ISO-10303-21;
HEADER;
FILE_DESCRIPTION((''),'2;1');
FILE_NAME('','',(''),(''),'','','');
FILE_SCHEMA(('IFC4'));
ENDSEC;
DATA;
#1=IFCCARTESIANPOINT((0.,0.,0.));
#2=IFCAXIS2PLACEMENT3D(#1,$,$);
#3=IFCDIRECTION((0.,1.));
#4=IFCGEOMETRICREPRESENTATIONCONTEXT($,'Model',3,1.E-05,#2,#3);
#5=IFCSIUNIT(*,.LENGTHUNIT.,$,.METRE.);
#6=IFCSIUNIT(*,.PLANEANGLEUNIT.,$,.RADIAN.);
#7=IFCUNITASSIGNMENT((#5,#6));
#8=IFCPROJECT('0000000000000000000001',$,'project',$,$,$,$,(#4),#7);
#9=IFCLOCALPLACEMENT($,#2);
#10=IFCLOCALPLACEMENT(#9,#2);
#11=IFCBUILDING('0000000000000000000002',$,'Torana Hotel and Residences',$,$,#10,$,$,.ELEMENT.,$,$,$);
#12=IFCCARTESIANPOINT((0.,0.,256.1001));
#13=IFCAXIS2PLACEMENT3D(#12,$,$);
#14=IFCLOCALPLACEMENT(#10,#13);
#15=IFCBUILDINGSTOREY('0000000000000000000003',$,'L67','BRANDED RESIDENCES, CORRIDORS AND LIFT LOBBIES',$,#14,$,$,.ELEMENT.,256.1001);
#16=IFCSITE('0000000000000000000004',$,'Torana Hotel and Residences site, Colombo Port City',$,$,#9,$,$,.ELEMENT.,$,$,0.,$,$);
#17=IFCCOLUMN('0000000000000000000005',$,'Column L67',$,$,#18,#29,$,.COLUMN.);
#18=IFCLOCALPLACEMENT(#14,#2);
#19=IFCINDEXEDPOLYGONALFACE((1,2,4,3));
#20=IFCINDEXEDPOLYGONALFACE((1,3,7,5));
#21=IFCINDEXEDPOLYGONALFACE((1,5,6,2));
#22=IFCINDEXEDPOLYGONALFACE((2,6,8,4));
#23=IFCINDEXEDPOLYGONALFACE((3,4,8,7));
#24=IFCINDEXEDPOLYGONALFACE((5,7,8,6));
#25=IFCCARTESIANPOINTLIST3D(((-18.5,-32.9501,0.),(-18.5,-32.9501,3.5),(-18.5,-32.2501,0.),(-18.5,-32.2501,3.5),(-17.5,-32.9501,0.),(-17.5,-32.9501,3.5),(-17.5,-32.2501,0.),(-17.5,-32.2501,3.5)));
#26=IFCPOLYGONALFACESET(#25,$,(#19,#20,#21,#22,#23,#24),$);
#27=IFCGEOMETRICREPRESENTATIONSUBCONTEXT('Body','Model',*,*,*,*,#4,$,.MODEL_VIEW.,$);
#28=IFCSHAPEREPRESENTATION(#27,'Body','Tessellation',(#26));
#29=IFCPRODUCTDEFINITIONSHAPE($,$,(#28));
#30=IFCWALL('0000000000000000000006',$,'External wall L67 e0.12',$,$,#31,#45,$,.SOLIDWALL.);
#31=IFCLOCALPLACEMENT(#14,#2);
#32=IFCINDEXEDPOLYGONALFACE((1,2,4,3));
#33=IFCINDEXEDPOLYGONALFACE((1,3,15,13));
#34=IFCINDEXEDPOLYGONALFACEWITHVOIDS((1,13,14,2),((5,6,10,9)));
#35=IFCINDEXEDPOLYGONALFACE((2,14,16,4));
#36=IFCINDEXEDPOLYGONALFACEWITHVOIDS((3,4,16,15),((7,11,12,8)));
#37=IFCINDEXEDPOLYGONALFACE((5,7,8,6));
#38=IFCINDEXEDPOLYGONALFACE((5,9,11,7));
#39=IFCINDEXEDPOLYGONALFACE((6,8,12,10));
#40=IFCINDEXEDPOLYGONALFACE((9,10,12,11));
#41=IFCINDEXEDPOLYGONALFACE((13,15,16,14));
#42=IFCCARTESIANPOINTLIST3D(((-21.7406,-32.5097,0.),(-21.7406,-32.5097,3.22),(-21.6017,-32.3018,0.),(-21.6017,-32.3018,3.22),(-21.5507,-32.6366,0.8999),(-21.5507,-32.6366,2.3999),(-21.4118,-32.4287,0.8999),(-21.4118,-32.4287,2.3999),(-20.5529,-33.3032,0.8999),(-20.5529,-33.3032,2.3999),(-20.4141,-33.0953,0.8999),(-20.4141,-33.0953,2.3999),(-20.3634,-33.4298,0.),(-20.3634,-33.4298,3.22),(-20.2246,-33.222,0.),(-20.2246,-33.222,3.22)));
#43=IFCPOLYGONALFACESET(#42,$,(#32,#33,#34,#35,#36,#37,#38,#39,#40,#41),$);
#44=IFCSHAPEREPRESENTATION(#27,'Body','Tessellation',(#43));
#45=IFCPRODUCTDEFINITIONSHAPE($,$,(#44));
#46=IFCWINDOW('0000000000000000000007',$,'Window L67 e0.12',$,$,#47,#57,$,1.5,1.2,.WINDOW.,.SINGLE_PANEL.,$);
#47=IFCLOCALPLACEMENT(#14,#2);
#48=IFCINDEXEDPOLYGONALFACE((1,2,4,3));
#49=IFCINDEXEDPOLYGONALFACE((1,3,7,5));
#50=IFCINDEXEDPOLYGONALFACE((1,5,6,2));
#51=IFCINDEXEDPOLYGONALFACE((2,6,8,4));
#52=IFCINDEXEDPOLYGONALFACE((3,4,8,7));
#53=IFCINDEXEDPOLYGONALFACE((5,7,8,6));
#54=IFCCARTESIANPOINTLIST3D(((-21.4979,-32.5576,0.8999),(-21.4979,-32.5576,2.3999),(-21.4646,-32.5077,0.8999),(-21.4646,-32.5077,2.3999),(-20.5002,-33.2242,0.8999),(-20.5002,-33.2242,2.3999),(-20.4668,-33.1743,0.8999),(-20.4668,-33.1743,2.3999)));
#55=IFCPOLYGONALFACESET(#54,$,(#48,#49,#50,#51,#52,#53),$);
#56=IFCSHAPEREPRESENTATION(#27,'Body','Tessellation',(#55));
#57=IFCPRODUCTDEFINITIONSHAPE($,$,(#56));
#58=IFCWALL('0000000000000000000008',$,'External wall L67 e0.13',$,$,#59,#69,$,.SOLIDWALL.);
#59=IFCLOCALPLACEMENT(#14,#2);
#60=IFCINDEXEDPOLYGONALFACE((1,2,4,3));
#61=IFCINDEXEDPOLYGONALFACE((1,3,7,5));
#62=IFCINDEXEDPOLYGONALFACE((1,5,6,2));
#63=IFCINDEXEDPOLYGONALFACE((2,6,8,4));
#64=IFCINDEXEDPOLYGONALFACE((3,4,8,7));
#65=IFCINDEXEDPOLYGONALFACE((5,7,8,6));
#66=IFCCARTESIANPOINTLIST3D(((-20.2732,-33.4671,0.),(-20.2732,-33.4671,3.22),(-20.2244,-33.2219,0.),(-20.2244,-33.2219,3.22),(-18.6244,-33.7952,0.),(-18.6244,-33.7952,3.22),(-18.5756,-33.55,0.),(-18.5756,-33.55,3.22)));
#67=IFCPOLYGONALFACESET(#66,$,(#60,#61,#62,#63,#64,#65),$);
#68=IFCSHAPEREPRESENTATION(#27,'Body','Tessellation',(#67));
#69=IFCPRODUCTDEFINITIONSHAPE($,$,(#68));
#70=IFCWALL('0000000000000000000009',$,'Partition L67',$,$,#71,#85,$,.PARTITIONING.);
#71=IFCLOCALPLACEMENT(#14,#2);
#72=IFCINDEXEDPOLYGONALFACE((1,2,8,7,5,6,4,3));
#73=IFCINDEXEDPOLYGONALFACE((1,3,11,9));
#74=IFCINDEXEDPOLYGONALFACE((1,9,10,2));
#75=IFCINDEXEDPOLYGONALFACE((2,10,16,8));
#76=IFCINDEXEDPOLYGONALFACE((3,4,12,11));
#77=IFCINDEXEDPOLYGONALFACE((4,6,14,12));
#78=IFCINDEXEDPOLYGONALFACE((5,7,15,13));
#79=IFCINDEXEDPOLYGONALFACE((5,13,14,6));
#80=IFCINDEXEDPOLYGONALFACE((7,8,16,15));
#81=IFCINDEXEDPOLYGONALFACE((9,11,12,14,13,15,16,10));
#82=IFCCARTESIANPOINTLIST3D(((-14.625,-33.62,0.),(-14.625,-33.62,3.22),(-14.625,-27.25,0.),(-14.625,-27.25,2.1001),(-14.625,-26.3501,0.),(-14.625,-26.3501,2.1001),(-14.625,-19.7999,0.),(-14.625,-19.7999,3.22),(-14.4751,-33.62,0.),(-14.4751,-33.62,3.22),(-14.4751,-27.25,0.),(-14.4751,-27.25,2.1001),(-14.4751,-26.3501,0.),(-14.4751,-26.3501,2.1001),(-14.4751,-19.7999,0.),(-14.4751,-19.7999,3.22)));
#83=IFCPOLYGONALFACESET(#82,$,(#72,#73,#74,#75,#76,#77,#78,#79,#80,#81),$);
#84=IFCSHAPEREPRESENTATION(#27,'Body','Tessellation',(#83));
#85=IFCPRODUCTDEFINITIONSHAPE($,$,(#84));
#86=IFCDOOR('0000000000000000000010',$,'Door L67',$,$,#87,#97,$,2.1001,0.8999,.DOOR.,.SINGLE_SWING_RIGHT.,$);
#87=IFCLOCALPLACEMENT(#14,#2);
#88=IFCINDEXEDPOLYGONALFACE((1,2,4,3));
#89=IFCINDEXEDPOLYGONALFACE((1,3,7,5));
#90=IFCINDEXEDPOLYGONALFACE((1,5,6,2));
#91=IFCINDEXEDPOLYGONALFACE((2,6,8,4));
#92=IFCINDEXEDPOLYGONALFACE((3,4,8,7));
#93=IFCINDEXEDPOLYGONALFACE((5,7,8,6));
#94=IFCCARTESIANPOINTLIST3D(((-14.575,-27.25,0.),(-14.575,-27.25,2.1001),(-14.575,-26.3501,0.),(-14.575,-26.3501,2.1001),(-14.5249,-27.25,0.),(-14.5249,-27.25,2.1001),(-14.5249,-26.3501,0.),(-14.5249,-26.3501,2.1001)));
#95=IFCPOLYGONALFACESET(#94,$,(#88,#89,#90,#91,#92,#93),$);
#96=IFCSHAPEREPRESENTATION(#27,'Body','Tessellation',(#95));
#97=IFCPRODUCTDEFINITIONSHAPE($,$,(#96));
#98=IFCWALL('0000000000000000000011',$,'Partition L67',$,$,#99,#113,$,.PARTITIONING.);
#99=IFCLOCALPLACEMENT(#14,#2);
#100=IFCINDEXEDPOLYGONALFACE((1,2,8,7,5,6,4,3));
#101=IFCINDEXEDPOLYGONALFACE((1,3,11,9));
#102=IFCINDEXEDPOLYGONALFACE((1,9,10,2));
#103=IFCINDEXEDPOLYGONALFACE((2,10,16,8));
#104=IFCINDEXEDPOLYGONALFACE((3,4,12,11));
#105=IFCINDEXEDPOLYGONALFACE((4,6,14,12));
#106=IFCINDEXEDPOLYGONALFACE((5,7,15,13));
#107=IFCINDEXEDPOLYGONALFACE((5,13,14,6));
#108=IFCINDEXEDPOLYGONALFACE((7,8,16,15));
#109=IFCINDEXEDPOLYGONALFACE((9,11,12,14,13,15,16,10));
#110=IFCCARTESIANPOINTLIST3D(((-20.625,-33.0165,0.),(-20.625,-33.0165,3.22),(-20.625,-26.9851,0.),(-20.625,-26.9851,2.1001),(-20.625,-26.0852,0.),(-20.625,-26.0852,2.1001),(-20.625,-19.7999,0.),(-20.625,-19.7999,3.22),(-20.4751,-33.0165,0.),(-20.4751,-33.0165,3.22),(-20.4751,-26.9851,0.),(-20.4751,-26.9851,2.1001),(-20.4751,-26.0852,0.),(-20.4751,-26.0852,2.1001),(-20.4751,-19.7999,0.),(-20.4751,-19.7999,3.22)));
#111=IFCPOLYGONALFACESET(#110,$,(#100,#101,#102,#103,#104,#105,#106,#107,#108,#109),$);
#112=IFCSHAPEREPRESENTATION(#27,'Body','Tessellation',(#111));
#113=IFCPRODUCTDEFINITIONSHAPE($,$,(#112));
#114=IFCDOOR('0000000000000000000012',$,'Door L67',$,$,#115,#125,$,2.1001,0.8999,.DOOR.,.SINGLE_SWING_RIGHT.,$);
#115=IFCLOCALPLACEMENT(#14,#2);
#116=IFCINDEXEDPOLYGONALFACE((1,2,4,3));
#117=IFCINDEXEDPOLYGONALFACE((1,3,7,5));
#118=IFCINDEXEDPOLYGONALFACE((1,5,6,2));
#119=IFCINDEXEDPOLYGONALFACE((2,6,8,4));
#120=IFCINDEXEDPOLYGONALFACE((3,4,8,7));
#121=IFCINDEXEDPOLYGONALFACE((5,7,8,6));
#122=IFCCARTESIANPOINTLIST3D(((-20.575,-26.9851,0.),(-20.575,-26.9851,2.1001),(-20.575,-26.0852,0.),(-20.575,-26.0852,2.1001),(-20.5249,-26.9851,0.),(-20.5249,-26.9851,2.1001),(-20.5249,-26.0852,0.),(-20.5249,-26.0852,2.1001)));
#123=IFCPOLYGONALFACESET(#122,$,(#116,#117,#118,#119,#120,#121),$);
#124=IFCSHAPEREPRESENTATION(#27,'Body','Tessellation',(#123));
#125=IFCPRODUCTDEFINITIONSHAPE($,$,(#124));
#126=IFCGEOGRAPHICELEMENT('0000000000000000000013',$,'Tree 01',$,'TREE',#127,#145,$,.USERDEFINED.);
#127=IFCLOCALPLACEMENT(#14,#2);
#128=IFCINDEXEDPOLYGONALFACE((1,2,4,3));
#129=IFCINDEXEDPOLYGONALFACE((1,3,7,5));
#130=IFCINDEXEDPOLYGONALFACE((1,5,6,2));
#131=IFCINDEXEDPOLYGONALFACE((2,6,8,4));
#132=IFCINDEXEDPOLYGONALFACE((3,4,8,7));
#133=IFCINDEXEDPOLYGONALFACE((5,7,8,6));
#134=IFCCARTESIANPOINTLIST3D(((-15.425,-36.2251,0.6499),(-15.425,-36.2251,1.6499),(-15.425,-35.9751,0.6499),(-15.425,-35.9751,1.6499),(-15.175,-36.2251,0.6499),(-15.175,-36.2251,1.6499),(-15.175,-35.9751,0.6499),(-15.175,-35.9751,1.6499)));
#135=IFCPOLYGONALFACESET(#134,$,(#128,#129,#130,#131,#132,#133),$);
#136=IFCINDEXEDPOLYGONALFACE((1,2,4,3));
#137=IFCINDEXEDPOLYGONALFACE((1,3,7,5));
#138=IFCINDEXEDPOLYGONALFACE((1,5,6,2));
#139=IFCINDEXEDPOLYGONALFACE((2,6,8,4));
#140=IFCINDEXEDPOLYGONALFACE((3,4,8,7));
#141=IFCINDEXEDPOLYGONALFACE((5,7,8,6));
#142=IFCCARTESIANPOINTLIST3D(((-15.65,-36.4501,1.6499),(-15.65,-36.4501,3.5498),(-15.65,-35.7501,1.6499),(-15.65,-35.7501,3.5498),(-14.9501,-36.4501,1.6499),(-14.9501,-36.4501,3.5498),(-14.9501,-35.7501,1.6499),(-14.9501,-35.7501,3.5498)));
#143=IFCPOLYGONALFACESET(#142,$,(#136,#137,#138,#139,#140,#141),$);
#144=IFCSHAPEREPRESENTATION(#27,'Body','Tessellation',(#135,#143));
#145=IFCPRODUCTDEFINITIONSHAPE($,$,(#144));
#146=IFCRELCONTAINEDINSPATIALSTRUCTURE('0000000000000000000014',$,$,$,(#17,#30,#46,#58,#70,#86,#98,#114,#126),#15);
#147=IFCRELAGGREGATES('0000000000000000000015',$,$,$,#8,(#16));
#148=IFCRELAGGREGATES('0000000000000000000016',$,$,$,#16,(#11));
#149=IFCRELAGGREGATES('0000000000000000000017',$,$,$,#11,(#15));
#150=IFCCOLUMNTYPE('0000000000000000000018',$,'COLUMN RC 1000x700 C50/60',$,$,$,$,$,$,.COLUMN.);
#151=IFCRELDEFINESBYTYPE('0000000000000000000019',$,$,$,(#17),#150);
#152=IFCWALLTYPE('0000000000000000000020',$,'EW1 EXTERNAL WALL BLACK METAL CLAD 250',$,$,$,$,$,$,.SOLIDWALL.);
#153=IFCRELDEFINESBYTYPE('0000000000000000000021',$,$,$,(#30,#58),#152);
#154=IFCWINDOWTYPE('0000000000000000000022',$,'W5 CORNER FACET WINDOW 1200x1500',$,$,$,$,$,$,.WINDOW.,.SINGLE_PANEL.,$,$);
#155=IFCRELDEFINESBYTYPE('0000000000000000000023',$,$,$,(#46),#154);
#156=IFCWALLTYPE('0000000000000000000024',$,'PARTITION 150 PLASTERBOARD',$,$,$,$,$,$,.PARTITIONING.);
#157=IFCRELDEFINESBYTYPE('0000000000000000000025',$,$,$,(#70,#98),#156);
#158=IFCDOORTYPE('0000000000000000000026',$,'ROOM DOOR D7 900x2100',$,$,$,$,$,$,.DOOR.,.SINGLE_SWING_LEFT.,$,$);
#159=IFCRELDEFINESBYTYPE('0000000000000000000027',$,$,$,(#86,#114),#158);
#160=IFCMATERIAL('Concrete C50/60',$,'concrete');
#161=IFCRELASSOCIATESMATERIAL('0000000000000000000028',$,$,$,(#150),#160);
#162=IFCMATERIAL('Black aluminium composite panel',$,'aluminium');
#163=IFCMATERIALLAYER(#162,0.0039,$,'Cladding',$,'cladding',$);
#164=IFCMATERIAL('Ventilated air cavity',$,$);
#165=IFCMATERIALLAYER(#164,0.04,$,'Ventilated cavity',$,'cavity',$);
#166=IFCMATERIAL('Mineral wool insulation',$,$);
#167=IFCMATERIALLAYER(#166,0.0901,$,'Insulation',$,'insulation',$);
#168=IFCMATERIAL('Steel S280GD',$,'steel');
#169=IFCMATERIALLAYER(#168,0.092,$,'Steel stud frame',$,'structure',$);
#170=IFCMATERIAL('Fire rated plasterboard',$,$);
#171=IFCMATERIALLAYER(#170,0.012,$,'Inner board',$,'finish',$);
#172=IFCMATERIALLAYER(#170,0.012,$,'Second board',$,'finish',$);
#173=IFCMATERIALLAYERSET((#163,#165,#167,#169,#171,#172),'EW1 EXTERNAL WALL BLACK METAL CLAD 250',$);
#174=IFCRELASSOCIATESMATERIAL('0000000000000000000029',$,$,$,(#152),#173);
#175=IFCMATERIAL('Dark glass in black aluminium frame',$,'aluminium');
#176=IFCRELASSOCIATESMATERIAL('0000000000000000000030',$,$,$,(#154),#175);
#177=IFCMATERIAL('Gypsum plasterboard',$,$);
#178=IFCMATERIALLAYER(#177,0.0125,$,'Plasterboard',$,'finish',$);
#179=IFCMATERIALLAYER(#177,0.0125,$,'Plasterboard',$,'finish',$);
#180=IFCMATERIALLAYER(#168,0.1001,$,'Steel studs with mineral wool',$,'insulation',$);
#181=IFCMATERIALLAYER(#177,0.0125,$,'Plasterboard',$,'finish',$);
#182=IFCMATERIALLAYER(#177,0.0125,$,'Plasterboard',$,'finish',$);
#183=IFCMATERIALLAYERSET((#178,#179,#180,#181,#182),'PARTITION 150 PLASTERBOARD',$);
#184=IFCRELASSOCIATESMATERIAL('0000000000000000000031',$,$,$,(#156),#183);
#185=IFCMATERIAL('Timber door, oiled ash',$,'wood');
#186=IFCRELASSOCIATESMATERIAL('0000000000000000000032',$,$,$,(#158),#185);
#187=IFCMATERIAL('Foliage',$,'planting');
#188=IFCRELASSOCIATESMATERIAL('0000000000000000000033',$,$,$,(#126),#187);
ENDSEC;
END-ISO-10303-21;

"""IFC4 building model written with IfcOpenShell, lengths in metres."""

from ifc_helpers import new_model, si_unit, direction, frame, frame_2d, origin, origin_2d, place, context, subcontext, project, spatial, rectangle, extrude, material, layer, layer_set, material_profile, profile_set, type_object, element, fill, save


model = new_model("IFC4")

# Units and contexts
model_context = context("Model", 3, precision=1e-05, world=origin(), true_north=direction((0.0, 1.0)))
body_context = subcontext(model_context, "Body", "Model", "MODEL_VIEW")
ifc_project = project(units=[si_unit("LENGTHUNIT", "METRE"), si_unit("PLANEANGLEUNIT", "RADIAN")], contexts=[model_context])

# Site, building, storey
site_placement = place(None, origin())
site = spatial("IfcSite", under=ifc_project, at=site_placement, Name="Torana Hotel and Residences site, Colombo Port City", CompositionType="ELEMENT", RefElevation=0.0)
building_placement = place(site_placement, origin())
building = spatial("IfcBuilding", under=site, at=building_placement, Name="Torana Hotel and Residences", CompositionType="ELEMENT")
storey_placement = place(building_placement, frame((0.0, 0.0, 256.1001)))
storey = spatial("IfcBuildingStorey", under=building, at=storey_placement, Name="L67", Description="BRANDED RESIDENCES, CORRIDORS AND LIFT LOBBIES", CompositionType="ELEMENT", Elevation=256.1001)

# Column
ifc_material_1 = material(Name="Concrete C50/60", Category="concrete")
ifc_material_profile = material_profile(ifc_material_1, rectangle(XDim=1.0, YDim=0.7, at=origin_2d()), Name="RC 1000x700")
ifc_profile_set = profile_set([ifc_material_profile], Name="Concrete C50/60")
column_type = type_object("IfcColumnType", Name="COLUMN RC 1000x700 C50/60", PredefinedType="COLUMN", material=ifc_profile_set)
column_placement = place(storey_placement, frame((-18.0, -32.6001, 0.0), z_axis=(0.0, 0.0, 1.0), x_axis=(1.0, 0.0, 0.0)))
element("IfcColumn", 1, at=column_placement, inside=storey, type_object=column_type, Name="Column L67", PredefinedType="COLUMN", context=body_context, shape_type="SweptSolid", body=[
    extrude(rectangle(XDim=1.0, YDim=0.7, at=origin_2d()), origin(), (0.0, 0.0, 1.0), 3.5),
])

# Wall, opening, window
ifc_material_2 = material(Name="Black aluminium composite panel", Category="aluminium")
ifc_layer_1 = layer(ifc_material_2, 0.0039, Name="Cladding", Category="cladding")
ifc_material_3 = material(Name="Ventilated air cavity")
ifc_layer_2 = layer(ifc_material_3, 0.04, Name="Ventilated cavity", Category="cavity")
ifc_material_4 = material(Name="Mineral wool insulation")
ifc_layer_3 = layer(ifc_material_4, 0.0901, Name="Insulation", Category="insulation")
ifc_material_5 = material(Name="Steel S280GD", Category="steel")
ifc_layer_4 = layer(ifc_material_5, 0.092, Name="Steel stud frame", Category="structure")
ifc_material_6 = material(Name="Fire rated plasterboard")
ifc_layer_5 = layer(ifc_material_6, 0.012, Name="Inner board", Category="finish")
ifc_layer_6 = layer(ifc_material_6, 0.012, Name="Second board", Category="finish")
ifc_layer_set_1 = layer_set([ifc_layer_1, ifc_layer_2, ifc_layer_3, ifc_layer_4, ifc_layer_5, ifc_layer_6], Name="EW1 EXTERNAL WALL BLACK METAL CLAD 250")
wall_type_1 = type_object("IfcWallType", Name="EW1 EXTERNAL WALL BLACK METAL CLAD 250", PredefinedType="SOLIDWALL", material=ifc_layer_set_1)
wall_1_placement = place(storey_placement, frame((-21.6711, -32.4058, 0.0), z_axis=(0.0, 0.0, 1.0), x_axis=(0.831483, -0.55555, 0.0)))
wall_1 = element("IfcWall", 2, at=wall_1_placement, inside=storey, type_object=wall_type_1, Name="External wall L67 e0.12", PredefinedType="SOLIDWALL", context=body_context, shape_type="SweptSolid", body=[
    extrude(rectangle(XDim=1.6562, YDim=0.25, at=frame_2d((0.8281, 0.0))), origin(), (0.0, 0.0, 1.0), 3.22),
])
opening_1_placement = place(wall_1_placement, frame((0.2283, 0.0, 0.8999)))
opening_1 = element("IfcOpeningElement", 3, at=opening_1_placement, cuts=wall_1, PredefinedType="OPENING", context=body_context, shape_type="SweptSolid", body=[
    extrude(rectangle(XDim=1.2, YDim=1.5, at=frame_2d((0.6001, 0.75))), frame((0.0, 0.135, 0.0), z_axis=(0.0, -1.0, 0.0), x_axis=(1.0, 0.0, 0.0)), (0.0, 0.0, 1.0), 0.27),
])
ifc_material_7 = material(Name="Dark glass in black aluminium frame", Category="aluminium")
window_type_1 = type_object("IfcWindowType", Name="W5 CORNER FACET WINDOW 1200x1500", PartitioningType="SINGLE_PANEL", PredefinedType="WINDOW", material=ifc_material_7)
window_1_placement = place(opening_1_placement, origin())
window_1 = element("IfcWindow", 4, at=window_1_placement, inside=storey, type_object=window_type_1, Name="Window L67 e0.12", OverallHeight=1.5, OverallWidth=1.2, PartitioningType="SINGLE_PANEL", PredefinedType="WINDOW", context=body_context, shape_type="SweptSolid", body=[
    extrude(rectangle(XDim=1.2, YDim=1.5, at=frame_2d((0.6001, 0.75))), frame((0.0, 0.03, 0.0), z_axis=(0.0, -1.0, 0.0), x_axis=(1.0, 0.0, 0.0)), (0.0, 0.0, 1.0), 0.0601),
])
fill(opening_1, window_1)

# Wall
wall_2_placement = place(storey_placement, frame((-20.2488, -33.3445, 0.0), z_axis=(0.0, 0.0, 1.0), x_axis=(0.98077, -0.195167, 0.0)))
element("IfcWall", 5, at=wall_2_placement, inside=storey, type_object=wall_type_1, Name="External wall L67 e0.13", PredefinedType="SOLIDWALL", context=body_context, shape_type="SweptSolid", body=[
    extrude(rectangle(XDim=1.6812, YDim=0.25, at=frame_2d((0.8406, 0.0))), origin(), (0.0, 0.0, 1.0), 3.22),
])

# Walls, openings, doors
ifc_material_8 = material(Name="Gypsum plasterboard")
ifc_layer_7 = layer(ifc_material_8, 0.0125, Name="Plasterboard", Category="finish")
ifc_layer_8 = layer(ifc_material_8, 0.0125, Name="Plasterboard", Category="finish")
ifc_layer_9 = layer(ifc_material_5, 0.1001, Name="Steel studs with mineral wool", Category="insulation")
ifc_layer_10 = layer(ifc_material_8, 0.0125, Name="Plasterboard", Category="finish")
ifc_layer_11 = layer(ifc_material_8, 0.0125, Name="Plasterboard", Category="finish")
ifc_layer_set_2 = layer_set([ifc_layer_7, ifc_layer_8, ifc_layer_9, ifc_layer_10, ifc_layer_11], Name="PARTITION 150 PLASTERBOARD")
wall_type_2 = type_object("IfcWallType", Name="PARTITION 150 PLASTERBOARD", PredefinedType="PARTITIONING", material=ifc_layer_set_2)
wall_3_placement = place(storey_placement, frame((-14.55, -33.6201, 0.0), z_axis=(0.0, 0.0, 1.0), x_axis=(0.0, 1.0, 0.0)))
wall_3 = element("IfcWall", 6, at=wall_3_placement, inside=storey, type_object=wall_type_2, Name="Partition L67", PredefinedType="PARTITIONING", context=body_context, shape_type="SweptSolid", body=[
    extrude(rectangle(XDim=13.8201, YDim=0.1499, at=frame_2d((6.9102, 0.0))), origin(), (0.0, 0.0, 1.0), 3.22),
])
opening_2_placement = place(wall_3_placement, frame((6.3701, 0.0, 0.0)))
opening_2 = element("IfcOpeningElement", 7, at=opening_2_placement, cuts=wall_3, PredefinedType="OPENING", context=body_context, shape_type="SweptSolid", body=[
    extrude(rectangle(XDim=0.8999, YDim=2.1001, at=frame_2d((0.45, 1.05))), frame((0.0, 0.085, 0.0), z_axis=(0.0, -1.0, 0.0), x_axis=(1.0, 0.0, 0.0)), (0.0, 0.0, 1.0), 0.1699),
])
ifc_material_9 = material(Name="Timber door, oiled ash", Category="wood")
door_type_1 = type_object("IfcDoorType", Name="ROOM DOOR D7 900x2100", OperationType="SINGLE_SWING_LEFT", PredefinedType="DOOR", material=ifc_material_9)
door_1_placement = place(opening_2_placement, origin())
door_1 = element("IfcDoor", 8, at=door_1_placement, inside=storey, type_object=door_type_1, Name="Door L67", OperationType="SINGLE_SWING_RIGHT", OverallHeight=2.1001, OverallWidth=0.8999, PredefinedType="DOOR", context=body_context, shape_type="SweptSolid", body=[
    extrude(rectangle(XDim=0.8999, YDim=2.1001, at=frame_2d((0.45, 1.05))), frame((0.0, 0.0249, 0.0), z_axis=(0.0, -1.0, 0.0), x_axis=(1.0, 0.0, 0.0)), (0.0, 0.0, 1.0), 0.05),
])
fill(opening_2, door_1)
wall_4_placement = place(storey_placement, frame((-20.55, -33.0166, 0.0), z_axis=(0.0, 0.0, 1.0), x_axis=(0.0, 1.0, 0.0)))
wall_4 = element("IfcWall", 9, at=wall_4_placement, inside=storey, type_object=wall_type_2, Name="Partition L67", PredefinedType="PARTITIONING", context=body_context, shape_type="SweptSolid", body=[
    extrude(rectangle(XDim=13.2166, YDim=0.1499, at=frame_2d((6.6084, 0.0))), origin(), (0.0, 0.0, 1.0), 3.22),
])
opening_3_placement = place(wall_4_placement, frame((6.0315, 0.0, 0.0)))
opening_3 = element("IfcOpeningElement", 10, at=opening_3_placement, cuts=wall_4, PredefinedType="OPENING", context=body_context, shape_type="SweptSolid", body=[
    extrude(rectangle(XDim=0.8999, YDim=2.1001, at=frame_2d((0.45, 1.05))), frame((0.0, 0.085, 0.0), z_axis=(0.0, -1.0, 0.0), x_axis=(1.0, 0.0, 0.0)), (0.0, 0.0, 1.0), 0.1699),
])
door_2_placement = place(opening_3_placement, origin())
door_2 = element("IfcDoor", 11, at=door_2_placement, inside=storey, type_object=door_type_1, Name="Door L67", OperationType="SINGLE_SWING_RIGHT", OverallHeight=2.1001, OverallWidth=0.8999, PredefinedType="DOOR", context=body_context, shape_type="SweptSolid", body=[
    extrude(rectangle(XDim=0.8999, YDim=2.1001, at=frame_2d((0.45, 1.05))), frame((0.0, 0.0249, 0.0), z_axis=(0.0, -1.0, 0.0), x_axis=(1.0, 0.0, 0.0)), (0.0, 0.0, 1.0), 0.05),
])
fill(opening_3, door_2)

# Geographic element
ifc_material_10 = material(Name="Foliage", Category="planting")
geographic_element_placement = place(storey_placement, frame((-15.3, -36.1001, 0.6499), z_axis=(0.0, 0.0, 1.0), x_axis=(1.0, 0.0, 0.0)))
element("IfcGeographicElement", 12, at=geographic_element_placement, inside=storey, material=ifc_material_10, Name="Tree 01", ObjectType="TREE", PredefinedType="USERDEFINED", context=body_context, shape_type="SweptSolid", body=[
    extrude(rectangle(XDim=0.25, YDim=0.25, at=origin_2d()), origin(), (0.0, 0.0, 1.0), 1.0),
    extrude(rectangle(XDim=0.7, YDim=0.7, at=origin_2d()), frame((0.0, 0.0, 1.0)), (0.0, 0.0, 1.0), 1.8999),
])

save(model, "model.ifc")
